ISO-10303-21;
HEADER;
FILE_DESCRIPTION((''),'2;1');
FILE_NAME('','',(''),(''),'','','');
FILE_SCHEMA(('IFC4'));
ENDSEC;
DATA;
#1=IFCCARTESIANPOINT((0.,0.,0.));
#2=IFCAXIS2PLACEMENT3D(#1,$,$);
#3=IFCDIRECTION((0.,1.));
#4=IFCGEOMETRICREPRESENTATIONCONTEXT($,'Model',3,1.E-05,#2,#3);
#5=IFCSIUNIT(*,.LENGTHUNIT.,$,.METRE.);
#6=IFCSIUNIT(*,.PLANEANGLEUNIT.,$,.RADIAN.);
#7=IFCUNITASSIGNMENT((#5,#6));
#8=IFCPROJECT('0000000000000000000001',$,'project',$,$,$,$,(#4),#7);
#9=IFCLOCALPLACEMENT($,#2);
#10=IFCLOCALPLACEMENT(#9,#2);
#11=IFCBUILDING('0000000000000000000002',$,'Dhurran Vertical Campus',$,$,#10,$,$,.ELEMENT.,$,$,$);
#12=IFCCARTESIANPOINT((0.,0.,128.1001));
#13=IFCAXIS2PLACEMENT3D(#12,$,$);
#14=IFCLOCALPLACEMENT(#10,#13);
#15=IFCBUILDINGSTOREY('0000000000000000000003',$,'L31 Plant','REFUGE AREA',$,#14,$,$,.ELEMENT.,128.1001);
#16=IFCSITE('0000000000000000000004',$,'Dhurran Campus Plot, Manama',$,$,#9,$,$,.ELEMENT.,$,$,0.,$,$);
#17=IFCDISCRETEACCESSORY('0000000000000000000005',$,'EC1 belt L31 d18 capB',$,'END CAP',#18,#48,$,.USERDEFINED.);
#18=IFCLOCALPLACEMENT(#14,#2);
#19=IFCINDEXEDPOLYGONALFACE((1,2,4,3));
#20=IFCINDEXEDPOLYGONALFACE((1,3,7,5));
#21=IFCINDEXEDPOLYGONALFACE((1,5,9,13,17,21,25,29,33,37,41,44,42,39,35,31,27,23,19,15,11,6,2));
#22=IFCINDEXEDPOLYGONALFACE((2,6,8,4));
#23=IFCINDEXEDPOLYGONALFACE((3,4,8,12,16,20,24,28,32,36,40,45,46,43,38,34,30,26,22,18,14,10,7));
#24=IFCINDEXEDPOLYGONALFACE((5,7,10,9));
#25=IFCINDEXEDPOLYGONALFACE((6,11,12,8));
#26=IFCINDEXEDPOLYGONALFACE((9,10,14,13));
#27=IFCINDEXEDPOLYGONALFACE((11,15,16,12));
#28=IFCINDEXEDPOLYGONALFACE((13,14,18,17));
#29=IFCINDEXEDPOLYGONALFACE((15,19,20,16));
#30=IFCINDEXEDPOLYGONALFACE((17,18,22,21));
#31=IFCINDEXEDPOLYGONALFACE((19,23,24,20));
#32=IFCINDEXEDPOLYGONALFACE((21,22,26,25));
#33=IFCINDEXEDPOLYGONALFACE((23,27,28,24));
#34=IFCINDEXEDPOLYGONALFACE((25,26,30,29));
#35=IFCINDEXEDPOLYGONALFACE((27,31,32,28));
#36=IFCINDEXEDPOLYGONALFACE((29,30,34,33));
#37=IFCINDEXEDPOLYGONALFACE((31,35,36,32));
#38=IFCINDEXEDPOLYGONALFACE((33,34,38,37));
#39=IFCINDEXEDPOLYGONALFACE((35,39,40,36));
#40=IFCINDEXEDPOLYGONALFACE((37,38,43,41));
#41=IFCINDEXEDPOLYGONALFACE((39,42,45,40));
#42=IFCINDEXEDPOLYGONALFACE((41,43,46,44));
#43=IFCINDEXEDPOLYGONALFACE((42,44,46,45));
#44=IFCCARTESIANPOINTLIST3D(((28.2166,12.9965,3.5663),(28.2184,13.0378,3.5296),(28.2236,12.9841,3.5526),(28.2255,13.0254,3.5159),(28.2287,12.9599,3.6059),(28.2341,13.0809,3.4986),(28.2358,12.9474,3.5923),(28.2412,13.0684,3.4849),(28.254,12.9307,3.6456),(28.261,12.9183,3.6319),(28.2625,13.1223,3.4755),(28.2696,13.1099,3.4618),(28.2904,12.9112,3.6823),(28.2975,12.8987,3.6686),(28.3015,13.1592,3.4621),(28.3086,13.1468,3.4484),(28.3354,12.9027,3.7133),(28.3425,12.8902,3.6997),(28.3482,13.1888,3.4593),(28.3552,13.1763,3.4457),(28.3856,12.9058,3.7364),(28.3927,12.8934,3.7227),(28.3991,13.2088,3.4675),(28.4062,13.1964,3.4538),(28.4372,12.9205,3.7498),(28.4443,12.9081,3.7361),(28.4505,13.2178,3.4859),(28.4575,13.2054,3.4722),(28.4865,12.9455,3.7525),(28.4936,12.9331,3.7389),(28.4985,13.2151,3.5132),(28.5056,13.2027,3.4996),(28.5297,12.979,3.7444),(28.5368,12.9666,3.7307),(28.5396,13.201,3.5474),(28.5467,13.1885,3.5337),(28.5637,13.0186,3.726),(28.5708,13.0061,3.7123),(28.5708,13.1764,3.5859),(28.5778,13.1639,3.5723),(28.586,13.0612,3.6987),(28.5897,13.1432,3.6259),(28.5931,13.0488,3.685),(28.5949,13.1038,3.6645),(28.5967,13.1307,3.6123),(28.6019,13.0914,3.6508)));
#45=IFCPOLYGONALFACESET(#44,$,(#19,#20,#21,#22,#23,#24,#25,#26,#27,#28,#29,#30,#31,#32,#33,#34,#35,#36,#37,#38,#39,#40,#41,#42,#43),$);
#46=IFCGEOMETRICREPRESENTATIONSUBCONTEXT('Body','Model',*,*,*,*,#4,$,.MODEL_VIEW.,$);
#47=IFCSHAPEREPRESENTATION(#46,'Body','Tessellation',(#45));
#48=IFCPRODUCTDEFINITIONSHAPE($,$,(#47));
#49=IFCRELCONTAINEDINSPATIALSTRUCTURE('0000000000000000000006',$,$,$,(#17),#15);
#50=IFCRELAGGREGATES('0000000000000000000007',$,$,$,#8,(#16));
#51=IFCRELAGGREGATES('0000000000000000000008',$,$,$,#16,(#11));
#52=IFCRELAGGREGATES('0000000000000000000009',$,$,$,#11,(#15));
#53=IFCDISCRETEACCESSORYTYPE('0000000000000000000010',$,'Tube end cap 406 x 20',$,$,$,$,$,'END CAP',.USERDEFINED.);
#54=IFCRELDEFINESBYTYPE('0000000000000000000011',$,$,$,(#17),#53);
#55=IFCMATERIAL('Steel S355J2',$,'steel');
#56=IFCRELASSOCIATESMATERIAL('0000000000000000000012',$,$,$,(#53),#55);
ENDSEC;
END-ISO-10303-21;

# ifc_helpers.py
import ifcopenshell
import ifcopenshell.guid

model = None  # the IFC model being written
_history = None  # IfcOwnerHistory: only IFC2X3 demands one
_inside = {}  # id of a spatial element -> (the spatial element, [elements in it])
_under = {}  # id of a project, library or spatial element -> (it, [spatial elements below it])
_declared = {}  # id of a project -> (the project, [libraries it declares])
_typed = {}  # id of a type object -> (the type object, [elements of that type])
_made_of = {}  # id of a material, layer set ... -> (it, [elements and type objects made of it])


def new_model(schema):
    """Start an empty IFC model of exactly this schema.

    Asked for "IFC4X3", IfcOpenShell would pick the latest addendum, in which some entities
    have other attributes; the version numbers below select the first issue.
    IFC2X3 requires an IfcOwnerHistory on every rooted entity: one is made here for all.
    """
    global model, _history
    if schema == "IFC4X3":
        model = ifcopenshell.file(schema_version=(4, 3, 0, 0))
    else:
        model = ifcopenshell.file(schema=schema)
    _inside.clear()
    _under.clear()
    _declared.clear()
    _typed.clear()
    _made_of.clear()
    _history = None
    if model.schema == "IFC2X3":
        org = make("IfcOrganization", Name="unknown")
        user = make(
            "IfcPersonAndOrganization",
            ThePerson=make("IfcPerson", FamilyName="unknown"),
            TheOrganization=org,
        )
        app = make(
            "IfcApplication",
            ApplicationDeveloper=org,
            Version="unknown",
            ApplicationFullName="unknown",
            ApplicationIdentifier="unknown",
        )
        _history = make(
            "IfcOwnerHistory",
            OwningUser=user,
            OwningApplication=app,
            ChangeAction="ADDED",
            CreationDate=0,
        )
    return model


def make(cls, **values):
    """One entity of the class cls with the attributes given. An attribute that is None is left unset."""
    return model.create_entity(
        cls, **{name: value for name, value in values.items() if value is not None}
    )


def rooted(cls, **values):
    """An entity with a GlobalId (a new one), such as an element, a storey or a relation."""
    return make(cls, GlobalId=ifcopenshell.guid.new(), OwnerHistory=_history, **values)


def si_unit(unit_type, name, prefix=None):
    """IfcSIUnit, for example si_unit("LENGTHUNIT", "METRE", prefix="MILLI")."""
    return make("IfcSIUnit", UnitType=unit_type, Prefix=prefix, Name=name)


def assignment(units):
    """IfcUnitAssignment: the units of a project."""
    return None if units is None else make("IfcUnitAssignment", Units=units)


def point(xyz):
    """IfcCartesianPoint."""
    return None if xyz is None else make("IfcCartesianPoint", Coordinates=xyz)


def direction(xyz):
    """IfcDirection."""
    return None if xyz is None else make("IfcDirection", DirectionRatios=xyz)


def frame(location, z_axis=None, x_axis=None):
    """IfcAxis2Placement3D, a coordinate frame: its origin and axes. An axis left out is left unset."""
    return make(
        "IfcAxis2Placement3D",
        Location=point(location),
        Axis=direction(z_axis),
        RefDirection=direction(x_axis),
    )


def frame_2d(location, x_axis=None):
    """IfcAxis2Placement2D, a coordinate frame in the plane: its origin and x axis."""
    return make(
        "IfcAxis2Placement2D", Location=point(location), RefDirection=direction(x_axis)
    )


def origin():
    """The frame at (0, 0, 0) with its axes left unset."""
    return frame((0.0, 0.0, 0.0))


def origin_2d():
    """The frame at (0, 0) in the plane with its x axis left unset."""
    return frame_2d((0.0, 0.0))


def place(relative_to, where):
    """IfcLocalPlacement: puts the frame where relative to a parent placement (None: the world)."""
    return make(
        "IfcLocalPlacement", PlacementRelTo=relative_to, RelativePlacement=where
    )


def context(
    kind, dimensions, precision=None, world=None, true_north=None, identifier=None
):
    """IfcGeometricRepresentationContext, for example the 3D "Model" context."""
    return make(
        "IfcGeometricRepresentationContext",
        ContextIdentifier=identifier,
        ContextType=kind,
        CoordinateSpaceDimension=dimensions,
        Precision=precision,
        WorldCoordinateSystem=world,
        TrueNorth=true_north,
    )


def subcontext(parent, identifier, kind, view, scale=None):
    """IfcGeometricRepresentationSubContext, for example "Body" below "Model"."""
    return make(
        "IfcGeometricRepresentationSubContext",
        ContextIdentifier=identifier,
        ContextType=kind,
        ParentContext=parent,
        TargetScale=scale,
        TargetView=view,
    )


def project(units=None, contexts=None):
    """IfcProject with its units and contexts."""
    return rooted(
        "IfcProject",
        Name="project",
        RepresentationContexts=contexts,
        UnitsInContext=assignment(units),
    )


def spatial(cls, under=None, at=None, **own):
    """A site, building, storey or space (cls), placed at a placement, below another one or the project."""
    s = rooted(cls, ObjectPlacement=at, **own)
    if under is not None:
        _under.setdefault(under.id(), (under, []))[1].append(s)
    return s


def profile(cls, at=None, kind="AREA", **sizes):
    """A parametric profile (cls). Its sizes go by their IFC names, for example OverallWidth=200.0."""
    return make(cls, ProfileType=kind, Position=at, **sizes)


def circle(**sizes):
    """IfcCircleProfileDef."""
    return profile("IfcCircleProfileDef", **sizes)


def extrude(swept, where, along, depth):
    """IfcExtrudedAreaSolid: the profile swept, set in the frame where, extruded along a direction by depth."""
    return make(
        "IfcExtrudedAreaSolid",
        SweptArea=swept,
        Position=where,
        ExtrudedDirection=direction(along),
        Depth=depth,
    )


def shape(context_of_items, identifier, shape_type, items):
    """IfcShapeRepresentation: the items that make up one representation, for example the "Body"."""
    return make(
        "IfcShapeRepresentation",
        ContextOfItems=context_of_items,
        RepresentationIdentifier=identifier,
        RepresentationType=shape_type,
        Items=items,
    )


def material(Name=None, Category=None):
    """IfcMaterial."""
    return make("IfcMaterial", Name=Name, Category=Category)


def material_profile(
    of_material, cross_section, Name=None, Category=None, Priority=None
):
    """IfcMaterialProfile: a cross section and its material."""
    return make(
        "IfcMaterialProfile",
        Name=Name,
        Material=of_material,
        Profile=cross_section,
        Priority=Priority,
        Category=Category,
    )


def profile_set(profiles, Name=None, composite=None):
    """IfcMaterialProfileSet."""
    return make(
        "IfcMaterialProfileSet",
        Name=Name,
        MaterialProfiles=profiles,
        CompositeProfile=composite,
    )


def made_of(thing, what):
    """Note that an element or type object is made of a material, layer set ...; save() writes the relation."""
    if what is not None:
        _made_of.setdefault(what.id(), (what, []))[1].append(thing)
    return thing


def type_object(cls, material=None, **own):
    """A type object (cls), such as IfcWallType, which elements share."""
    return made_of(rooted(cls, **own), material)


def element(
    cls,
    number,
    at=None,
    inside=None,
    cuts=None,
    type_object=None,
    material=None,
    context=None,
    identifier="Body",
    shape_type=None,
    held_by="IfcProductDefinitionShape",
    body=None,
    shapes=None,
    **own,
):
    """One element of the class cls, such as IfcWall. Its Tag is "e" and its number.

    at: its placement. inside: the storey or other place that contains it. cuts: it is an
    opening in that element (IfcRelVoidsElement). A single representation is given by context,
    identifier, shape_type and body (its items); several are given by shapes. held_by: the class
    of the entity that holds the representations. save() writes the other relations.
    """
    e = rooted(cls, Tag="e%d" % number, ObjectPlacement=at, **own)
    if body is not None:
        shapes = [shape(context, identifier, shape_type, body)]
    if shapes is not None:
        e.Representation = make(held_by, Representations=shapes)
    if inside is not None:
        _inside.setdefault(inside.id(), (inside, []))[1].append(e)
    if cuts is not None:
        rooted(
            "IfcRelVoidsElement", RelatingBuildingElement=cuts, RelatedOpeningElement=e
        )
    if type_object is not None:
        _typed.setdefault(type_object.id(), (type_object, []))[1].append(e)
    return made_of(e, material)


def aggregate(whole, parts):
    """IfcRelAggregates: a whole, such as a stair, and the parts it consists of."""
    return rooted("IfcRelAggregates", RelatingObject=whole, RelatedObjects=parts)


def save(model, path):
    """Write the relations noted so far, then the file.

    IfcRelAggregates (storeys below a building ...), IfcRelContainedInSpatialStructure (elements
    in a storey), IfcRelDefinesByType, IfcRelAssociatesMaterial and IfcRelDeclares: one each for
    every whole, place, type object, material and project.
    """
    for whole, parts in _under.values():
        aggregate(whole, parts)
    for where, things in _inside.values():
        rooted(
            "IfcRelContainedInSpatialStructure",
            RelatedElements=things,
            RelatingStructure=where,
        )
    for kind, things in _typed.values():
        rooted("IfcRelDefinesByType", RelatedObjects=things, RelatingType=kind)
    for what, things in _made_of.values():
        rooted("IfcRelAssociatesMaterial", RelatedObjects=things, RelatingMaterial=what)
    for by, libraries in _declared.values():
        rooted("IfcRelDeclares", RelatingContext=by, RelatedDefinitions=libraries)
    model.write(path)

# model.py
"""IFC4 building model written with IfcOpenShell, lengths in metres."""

from ifc_helpers import new_model, si_unit, direction, frame, origin, origin_2d, place, context, subcontext, project, spatial, circle, extrude, material, material_profile, profile_set, type_object, element, save


model = new_model("IFC4")

# Units and contexts
model_context = context("Model", 3, precision=1e-05, world=origin(), true_north=direction((0.0, 1.0)))
body_context = subcontext(model_context, "Body", "Model", "MODEL_VIEW")
ifc_project = project(units=[si_unit("LENGTHUNIT", "METRE"), si_unit("PLANEANGLEUNIT", "RADIAN")], contexts=[model_context])

# Site, building, storey
site_placement = place(None, origin())
site = spatial("IfcSite", under=ifc_project, at=site_placement, Name="Dhurran Campus Plot, Manama", CompositionType="ELEMENT", RefElevation=0.0)
building_placement = place(site_placement, origin())
building = spatial("IfcBuilding", under=site, at=building_placement, Name="Dhurran Vertical Campus", CompositionType="ELEMENT")
storey_placement = place(building_placement, frame((0.0, 0.0, 128.1001)))
storey = spatial("IfcBuildingStorey", under=building, at=storey_placement, Name="L31 Plant", Description="REFUGE AREA", CompositionType="ELEMENT", Elevation=128.1001)

# Discrete accessory
ifc_material_1 = material(Name="Steel S355J2", Category="steel")
ifc_material_profile_1 = material_profile(ifc_material_1, circle(Radius=0.2031, at=origin_2d()), Name="Tube end cap 406 x 20")
ifc_profile_set_1 = profile_set([ifc_material_profile_1], Name="Steel S355J2")
discrete_accessory_type = type_object("IfcDiscreteAccessoryType", Name="Tube end cap 406 x 20", ElementType="END CAP", PredefinedType="USERDEFINED", material=ifc_profile_set_1)
for number, where, z_axis, x_axis, name in (
    (1, (28.4124, 13.0479, 3.5923), (-0.357562, 0.628816, 0.690464), (-0.86929, -0.494302, 0.0), "EC1 belt L31 d18 capB"),
):
    element("IfcDiscreteAccessory", number, at=place(storey_placement, frame(where, z_axis=z_axis, x_axis=x_axis)), inside=storey, type_object=discrete_accessory_type, Name=name, ObjectType="END CAP", PredefinedType="USERDEFINED", context=body_context, shape_type="SweptSolid", body=[
        extrude(circle(Radius=0.2031, at=origin_2d()), origin(), (0.0, 0.0, 1.0), 0.0198),
    ])

save(model, "model.ifc")
